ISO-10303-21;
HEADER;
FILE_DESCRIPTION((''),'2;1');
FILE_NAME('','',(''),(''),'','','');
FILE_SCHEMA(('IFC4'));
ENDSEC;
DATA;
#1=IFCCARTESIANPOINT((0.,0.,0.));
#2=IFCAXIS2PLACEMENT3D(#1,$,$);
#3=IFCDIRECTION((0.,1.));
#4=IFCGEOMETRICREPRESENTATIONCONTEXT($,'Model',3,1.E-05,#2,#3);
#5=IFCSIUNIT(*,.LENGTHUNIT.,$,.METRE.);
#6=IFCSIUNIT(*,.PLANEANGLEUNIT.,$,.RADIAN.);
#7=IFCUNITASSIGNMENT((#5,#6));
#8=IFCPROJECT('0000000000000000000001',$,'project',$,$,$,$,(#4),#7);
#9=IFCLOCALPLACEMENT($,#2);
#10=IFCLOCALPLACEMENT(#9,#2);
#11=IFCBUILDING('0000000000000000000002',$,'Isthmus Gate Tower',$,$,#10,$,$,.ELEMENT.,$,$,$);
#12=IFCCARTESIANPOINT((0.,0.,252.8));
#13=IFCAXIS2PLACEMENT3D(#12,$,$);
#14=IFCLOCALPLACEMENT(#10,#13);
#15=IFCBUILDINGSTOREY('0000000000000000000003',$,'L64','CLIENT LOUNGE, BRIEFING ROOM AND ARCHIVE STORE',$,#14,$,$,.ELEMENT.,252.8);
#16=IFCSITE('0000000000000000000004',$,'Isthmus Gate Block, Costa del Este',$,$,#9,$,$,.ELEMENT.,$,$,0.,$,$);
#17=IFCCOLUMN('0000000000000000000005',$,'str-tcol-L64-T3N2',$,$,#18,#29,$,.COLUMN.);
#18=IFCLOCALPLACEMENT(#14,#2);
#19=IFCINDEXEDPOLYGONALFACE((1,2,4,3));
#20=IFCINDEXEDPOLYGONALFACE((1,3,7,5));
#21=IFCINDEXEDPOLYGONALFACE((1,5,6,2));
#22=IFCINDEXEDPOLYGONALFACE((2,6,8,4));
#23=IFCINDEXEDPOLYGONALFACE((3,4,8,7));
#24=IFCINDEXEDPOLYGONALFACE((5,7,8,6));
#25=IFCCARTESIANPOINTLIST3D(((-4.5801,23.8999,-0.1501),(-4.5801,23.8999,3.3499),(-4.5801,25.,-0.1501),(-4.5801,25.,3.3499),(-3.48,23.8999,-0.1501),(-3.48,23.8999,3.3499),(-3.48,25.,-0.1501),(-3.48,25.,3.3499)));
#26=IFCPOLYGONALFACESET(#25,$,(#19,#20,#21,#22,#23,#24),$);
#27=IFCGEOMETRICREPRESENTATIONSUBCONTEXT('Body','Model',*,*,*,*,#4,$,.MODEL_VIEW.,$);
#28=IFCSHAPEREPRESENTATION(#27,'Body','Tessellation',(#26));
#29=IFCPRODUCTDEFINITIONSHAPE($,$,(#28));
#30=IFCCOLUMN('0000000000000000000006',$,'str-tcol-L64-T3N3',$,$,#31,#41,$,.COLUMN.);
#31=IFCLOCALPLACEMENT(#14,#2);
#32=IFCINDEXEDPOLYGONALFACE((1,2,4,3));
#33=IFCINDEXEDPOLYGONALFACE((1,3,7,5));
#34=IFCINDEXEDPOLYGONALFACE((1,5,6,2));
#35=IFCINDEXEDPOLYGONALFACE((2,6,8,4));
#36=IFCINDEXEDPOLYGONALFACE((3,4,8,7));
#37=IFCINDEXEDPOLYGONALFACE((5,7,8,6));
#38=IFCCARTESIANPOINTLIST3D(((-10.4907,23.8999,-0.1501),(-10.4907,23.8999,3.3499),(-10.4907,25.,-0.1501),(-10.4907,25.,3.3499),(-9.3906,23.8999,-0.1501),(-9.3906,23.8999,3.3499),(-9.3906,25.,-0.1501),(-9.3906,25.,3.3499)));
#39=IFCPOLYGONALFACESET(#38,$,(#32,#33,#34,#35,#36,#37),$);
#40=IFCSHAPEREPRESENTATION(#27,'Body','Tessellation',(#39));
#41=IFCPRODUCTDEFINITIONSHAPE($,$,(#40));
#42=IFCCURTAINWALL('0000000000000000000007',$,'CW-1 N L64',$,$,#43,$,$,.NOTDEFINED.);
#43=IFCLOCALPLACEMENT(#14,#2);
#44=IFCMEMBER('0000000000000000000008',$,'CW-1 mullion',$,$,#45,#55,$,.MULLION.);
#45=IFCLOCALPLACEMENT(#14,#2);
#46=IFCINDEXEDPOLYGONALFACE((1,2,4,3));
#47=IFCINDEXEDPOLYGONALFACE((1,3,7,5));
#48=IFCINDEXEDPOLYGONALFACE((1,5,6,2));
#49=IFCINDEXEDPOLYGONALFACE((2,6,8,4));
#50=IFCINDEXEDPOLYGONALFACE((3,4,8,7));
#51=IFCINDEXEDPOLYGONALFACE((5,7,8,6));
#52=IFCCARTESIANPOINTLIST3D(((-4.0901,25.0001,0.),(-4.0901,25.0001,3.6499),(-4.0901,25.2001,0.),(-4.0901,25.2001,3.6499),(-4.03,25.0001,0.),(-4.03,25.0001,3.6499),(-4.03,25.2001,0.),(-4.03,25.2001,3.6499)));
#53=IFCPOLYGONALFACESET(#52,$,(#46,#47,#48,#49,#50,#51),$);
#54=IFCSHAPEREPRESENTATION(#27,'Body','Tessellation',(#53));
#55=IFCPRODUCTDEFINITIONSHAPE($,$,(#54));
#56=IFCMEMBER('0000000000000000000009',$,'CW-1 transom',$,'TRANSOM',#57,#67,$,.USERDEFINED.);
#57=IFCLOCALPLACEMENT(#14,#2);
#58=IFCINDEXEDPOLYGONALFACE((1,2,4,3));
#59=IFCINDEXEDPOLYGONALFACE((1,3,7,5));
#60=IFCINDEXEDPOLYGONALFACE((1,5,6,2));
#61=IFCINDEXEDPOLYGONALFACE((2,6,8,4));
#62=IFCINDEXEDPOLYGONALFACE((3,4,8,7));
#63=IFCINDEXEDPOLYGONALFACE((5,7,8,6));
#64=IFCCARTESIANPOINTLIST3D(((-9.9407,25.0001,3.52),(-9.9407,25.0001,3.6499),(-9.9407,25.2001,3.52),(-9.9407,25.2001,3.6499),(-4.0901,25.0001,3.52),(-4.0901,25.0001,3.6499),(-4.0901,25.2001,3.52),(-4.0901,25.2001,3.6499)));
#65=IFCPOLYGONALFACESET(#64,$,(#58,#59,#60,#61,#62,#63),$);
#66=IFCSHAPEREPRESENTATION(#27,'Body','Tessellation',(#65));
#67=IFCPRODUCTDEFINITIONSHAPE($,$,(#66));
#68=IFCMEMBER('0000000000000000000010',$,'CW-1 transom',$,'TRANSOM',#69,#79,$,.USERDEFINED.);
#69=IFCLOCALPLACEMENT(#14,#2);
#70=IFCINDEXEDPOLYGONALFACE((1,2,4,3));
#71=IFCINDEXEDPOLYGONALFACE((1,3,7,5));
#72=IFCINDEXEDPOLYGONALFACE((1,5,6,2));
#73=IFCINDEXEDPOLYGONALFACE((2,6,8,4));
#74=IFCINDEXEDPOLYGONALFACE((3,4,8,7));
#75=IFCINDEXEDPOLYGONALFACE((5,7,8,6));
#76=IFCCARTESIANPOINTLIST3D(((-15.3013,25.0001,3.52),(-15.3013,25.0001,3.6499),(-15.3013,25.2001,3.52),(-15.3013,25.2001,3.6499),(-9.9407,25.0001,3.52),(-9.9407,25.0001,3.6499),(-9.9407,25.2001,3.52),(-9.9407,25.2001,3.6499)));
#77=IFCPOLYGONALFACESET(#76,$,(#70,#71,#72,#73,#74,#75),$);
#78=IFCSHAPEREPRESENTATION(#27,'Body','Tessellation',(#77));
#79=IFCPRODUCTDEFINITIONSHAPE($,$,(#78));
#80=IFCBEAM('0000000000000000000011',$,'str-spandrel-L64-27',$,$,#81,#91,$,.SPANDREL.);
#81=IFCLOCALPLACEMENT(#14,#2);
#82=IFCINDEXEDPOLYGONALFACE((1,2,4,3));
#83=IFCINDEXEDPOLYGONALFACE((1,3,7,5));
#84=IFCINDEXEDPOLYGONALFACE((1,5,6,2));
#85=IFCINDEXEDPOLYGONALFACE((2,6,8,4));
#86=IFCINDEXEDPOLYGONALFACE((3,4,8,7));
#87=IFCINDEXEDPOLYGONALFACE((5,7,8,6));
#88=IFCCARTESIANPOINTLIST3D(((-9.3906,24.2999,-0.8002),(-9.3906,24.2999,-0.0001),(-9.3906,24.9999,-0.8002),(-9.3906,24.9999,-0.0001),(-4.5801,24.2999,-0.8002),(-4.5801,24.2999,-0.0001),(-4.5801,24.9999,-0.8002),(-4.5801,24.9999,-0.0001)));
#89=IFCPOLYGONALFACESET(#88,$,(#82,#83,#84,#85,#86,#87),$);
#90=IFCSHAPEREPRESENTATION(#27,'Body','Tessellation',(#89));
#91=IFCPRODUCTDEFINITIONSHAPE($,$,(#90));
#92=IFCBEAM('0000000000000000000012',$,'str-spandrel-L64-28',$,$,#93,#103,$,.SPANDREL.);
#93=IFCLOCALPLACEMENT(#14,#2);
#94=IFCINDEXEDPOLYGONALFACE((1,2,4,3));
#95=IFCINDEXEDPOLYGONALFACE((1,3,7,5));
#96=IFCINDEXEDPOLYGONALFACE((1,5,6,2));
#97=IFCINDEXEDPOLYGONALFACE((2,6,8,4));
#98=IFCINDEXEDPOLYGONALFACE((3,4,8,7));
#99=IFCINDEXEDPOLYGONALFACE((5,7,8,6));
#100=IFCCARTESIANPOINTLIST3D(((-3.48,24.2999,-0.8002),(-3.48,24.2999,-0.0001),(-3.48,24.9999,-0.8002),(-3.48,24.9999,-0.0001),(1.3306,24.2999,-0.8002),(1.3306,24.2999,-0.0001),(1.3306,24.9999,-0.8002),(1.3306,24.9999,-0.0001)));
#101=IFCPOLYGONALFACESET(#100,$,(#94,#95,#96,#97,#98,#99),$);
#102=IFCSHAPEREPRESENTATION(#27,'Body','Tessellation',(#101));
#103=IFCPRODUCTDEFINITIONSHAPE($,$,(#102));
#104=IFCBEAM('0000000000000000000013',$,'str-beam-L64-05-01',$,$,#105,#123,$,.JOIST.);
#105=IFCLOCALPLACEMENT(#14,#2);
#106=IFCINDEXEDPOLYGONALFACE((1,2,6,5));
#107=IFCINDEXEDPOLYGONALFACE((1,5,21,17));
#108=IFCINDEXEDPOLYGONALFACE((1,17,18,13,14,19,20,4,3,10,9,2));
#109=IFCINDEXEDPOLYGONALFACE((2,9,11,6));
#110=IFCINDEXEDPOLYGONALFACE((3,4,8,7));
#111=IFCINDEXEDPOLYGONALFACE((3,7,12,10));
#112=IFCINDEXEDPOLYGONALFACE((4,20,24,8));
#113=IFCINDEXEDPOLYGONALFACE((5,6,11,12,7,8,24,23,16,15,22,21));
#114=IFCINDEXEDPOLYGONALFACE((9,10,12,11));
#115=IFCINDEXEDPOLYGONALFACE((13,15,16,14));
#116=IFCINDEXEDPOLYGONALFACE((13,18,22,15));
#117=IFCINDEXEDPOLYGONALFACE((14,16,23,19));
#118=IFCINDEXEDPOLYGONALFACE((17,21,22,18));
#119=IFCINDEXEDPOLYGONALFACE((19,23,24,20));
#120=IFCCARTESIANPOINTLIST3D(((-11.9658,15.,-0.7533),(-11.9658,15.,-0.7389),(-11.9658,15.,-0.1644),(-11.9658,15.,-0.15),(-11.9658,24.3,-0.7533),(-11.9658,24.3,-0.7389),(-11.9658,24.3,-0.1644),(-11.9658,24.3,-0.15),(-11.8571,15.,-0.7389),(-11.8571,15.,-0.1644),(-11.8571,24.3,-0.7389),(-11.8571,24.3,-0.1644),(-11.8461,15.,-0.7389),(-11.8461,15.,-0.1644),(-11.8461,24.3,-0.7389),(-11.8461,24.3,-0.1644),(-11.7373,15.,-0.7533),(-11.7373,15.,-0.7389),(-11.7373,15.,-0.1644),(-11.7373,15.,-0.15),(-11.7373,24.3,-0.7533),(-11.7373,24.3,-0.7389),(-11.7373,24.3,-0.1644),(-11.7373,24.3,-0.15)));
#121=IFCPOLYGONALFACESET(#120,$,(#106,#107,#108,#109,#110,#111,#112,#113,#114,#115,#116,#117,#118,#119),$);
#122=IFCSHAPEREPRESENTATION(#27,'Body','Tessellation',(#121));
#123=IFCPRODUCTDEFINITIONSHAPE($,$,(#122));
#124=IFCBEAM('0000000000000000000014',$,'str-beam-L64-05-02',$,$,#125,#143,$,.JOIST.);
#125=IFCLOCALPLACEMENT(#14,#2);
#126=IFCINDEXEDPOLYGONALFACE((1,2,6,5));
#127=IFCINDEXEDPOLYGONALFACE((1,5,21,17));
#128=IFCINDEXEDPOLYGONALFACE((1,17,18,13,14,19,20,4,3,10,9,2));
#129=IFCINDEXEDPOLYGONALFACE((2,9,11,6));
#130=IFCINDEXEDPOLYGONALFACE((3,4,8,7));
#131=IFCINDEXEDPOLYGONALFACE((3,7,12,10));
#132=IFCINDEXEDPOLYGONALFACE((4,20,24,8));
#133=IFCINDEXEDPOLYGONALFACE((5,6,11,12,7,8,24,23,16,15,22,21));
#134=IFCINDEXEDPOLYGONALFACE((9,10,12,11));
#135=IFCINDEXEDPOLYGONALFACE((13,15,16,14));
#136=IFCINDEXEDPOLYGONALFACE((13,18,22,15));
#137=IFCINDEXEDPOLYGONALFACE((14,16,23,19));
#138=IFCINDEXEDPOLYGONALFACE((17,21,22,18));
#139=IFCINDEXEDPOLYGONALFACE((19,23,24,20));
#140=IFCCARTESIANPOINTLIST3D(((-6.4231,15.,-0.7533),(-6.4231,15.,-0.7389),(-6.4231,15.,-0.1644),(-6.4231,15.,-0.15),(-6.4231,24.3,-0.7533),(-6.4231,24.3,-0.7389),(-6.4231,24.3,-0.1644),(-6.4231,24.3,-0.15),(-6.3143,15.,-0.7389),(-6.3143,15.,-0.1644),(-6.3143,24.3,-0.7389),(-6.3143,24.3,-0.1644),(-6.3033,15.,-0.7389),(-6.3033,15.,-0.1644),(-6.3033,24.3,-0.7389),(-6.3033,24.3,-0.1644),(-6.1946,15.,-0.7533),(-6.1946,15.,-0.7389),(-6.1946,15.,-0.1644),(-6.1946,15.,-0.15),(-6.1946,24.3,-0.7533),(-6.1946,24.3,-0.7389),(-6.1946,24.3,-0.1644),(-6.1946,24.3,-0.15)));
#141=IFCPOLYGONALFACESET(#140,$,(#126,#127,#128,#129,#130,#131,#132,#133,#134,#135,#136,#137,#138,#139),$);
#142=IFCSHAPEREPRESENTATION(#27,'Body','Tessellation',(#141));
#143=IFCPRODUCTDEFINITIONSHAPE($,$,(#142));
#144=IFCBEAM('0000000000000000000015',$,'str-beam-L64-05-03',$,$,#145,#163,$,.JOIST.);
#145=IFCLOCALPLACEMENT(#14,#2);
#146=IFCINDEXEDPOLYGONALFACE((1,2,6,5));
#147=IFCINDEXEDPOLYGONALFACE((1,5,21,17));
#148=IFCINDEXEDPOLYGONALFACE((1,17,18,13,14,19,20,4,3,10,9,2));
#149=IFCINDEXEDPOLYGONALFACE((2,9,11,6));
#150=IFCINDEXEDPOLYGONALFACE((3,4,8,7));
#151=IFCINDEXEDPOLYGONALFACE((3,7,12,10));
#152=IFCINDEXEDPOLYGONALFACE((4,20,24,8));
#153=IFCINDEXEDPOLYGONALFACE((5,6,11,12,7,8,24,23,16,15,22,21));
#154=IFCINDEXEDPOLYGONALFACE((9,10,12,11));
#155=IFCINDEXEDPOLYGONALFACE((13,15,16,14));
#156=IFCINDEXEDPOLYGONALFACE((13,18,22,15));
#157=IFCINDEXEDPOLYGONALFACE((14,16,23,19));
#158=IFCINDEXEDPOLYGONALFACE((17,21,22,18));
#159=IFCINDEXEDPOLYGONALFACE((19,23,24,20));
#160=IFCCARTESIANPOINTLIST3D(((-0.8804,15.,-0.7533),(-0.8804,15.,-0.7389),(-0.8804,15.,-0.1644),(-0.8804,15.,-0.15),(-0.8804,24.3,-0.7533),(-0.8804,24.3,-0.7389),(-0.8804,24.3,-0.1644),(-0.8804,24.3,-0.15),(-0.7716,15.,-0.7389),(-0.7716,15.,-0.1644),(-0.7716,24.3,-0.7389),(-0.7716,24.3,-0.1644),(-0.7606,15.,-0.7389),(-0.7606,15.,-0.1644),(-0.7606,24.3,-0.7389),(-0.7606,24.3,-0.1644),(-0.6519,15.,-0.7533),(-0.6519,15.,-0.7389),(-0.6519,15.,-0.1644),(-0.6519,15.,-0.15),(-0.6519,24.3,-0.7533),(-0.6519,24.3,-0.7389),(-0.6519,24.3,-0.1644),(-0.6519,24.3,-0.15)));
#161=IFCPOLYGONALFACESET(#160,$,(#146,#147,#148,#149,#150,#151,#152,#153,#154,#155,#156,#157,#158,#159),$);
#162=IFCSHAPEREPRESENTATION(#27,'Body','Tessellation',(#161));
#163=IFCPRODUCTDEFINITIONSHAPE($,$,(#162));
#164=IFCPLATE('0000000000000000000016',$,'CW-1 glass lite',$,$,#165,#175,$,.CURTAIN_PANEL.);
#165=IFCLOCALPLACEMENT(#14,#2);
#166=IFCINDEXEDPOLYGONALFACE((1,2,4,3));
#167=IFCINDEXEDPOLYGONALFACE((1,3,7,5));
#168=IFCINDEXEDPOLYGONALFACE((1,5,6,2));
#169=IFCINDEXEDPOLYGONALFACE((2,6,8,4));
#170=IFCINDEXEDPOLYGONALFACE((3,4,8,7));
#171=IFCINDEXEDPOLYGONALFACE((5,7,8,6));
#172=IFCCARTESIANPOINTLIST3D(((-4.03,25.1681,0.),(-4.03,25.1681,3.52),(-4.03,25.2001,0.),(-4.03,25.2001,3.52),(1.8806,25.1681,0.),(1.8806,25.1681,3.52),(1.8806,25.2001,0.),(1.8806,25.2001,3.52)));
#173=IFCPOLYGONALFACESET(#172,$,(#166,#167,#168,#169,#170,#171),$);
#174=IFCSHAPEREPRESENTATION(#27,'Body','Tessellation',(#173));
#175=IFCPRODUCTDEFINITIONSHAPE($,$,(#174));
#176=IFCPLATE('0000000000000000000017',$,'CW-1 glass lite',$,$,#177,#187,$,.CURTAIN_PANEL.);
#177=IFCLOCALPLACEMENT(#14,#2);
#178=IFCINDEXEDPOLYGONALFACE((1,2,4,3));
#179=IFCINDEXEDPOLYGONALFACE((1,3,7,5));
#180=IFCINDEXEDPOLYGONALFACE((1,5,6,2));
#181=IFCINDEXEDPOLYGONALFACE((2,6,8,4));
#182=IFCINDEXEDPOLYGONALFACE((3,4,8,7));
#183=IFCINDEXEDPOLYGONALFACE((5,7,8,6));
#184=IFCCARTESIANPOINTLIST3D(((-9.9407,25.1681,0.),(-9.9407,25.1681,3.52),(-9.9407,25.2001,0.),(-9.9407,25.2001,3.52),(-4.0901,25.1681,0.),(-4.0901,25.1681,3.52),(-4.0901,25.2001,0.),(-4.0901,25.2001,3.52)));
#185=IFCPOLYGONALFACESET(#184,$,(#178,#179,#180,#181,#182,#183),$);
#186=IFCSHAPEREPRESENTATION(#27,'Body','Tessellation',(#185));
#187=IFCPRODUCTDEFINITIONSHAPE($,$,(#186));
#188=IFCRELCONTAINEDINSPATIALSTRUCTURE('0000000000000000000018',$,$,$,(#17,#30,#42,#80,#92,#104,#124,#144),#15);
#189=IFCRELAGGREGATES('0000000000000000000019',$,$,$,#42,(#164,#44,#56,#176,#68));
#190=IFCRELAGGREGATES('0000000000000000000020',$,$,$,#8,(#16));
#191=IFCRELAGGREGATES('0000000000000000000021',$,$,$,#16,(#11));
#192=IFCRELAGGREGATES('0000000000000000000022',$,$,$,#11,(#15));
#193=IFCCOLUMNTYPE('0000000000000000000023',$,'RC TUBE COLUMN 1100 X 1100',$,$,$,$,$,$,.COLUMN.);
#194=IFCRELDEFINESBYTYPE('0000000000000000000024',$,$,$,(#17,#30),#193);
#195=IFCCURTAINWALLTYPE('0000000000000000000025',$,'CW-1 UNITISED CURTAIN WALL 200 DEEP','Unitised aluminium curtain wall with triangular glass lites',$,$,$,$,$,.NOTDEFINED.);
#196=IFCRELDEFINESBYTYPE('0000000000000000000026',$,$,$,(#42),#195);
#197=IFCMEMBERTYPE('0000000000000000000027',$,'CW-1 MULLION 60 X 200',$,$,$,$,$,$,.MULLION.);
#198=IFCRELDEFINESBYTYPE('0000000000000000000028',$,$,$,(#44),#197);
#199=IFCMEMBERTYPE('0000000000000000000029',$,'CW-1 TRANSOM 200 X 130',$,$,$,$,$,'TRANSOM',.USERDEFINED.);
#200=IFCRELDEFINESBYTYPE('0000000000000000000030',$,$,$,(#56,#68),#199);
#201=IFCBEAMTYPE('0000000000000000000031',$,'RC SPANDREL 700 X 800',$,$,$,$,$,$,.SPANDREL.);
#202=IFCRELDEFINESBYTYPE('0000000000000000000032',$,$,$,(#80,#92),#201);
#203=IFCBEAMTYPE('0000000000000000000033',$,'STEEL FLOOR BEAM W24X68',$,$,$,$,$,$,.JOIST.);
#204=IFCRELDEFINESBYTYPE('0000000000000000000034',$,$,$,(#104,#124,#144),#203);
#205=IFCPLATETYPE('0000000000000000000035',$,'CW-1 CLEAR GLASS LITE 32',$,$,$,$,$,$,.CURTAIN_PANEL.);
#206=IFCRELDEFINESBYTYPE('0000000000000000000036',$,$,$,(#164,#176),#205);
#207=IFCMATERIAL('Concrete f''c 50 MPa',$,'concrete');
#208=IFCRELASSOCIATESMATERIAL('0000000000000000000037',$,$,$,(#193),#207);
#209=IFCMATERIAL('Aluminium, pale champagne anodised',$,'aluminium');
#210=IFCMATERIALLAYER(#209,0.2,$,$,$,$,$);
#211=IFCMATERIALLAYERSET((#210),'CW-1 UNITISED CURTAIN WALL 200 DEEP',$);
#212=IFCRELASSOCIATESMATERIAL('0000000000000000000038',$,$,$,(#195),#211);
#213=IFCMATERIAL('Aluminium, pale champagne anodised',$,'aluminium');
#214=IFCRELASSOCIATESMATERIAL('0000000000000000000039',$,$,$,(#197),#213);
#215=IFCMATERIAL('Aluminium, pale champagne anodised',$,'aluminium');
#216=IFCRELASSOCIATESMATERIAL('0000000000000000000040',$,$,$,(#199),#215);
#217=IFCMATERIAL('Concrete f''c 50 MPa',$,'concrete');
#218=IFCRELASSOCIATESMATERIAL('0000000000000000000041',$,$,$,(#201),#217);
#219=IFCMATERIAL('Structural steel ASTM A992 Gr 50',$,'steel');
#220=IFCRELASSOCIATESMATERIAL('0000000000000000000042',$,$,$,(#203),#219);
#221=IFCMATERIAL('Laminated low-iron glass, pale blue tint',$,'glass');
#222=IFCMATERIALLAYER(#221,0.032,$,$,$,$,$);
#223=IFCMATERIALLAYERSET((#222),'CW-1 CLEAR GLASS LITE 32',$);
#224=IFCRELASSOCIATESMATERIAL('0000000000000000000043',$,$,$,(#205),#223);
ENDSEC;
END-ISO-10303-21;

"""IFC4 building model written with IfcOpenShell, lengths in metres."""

from ifc_helpers import new_model, si_unit, direction, frame, origin, origin_2d, place, context, subcontext, project, spatial, rectangle, i_section, extrude, material, layer, layer_set, material_profile, profile_set, type_object, element, aggregate, save


model = new_model("IFC4")

# Units and contexts
model_context = context("Model", 3, precision=1e-05, world=origin(), true_north=direction((0.0, 1.0)))
body_context = subcontext(model_context, "Body", "Model", "MODEL_VIEW")
ifc_project = project(units=[si_unit("LENGTHUNIT", "METRE"), si_unit("PLANEANGLEUNIT", "RADIAN")], contexts=[model_context])

# Site, building, storey
site_placement = place(None, origin())
site = spatial("IfcSite", under=ifc_project, at=site_placement, Name="Isthmus Gate Block, Costa del Este", CompositionType="ELEMENT", RefElevation=0.0)
building_placement = place(site_placement, origin())
building = spatial("IfcBuilding", under=site, at=building_placement, Name="Isthmus Gate Tower", CompositionType="ELEMENT")
storey_placement = place(building_placement, frame((0.0, 0.0, 252.8)))
storey = spatial("IfcBuildingStorey", under=building, at=storey_placement, Name="L64", Description="CLIENT LOUNGE, BRIEFING ROOM AND ARCHIVE STORE", CompositionType="ELEMENT", Elevation=252.8)

# Columns
ifc_material_1 = material(Name="Concrete f'c 50 MPa", Category="concrete")
ifc_material_profile_1 = material_profile(ifc_material_1, rectangle(XDim=1.1001, YDim=1.1001, at=origin_2d()), Name="RC 1100X1100")
ifc_profile_set_1 = profile_set([ifc_material_profile_1], Name="Concrete f'c 50 MPa")
column_type = type_object("IfcColumnType", Name="RC TUBE COLUMN 1100 X 1100", PredefinedType="COLUMN", material=ifc_profile_set_1)
for number, where, z_axis, x_axis, name in (
    (1, (-4.03, 24.45, -0.1501), (0.0, 0.0, 1.0), (-1.0, 0.0, 0.0), "str-tcol-L64-T3N2"),
    (2, (-9.9407, 24.45, -0.1501), (0.0, 0.0, 1.0), (-1.0, 0.0, 0.0), "str-tcol-L64-T3N3"),
):
    element("IfcColumn", number, at=place(storey_placement, frame(where, z_axis=z_axis, x_axis=x_axis)), inside=storey, type_object=column_type, Name=name, PredefinedType="COLUMN", context=body_context, shape_type="SweptSolid", body=[
        extrude(rectangle(XDim=1.1001, YDim=1.1001, at=origin_2d()), origin(), (0.0, 0.0, 1.0), 3.5),
    ])

# Curtain wall, members
ifc_material_2 = material(Name="Aluminium, pale champagne anodised", Category="aluminium")
ifc_layer_1 = layer(ifc_material_2, 0.2)
ifc_layer_set_1 = layer_set([ifc_layer_1], Name="CW-1 UNITISED CURTAIN WALL 200 DEEP")
curtain_wall_type = type_object("IfcCurtainWallType", Name="CW-1 UNITISED CURTAIN WALL 200 DEEP", Description="Unitised aluminium curtain wall with triangular glass lites", PredefinedType="NOTDEFINED", material=ifc_layer_set_1)
curtain_wall_placement = place(storey_placement, origin())
curtain_wall = element("IfcCurtainWall", 3, at=curtain_wall_placement, inside=storey, type_object=curtain_wall_type, Name="CW-1 N L64", PredefinedType="NOTDEFINED")
ifc_material_3 = material(Name="Aluminium, pale champagne anodised", Category="aluminium")
ifc_material_profile_2 = material_profile(ifc_material_3, rectangle(XDim=0.0601, YDim=0.2, at=origin_2d()), Name="60x200")
ifc_profile_set_2 = profile_set([ifc_material_profile_2], Name="Aluminium, pale champagne anodised")
member_type_1 = type_object("IfcMemberType", Name="CW-1 MULLION 60 X 200", PredefinedType="MULLION", material=ifc_profile_set_2)
member_1_placement = place(storey_placement, frame((-4.0601, 25.1001, 0.0), z_axis=(0.0, 0.0, 1.0), x_axis=(-1.0, 0.0, 0.0)))
member_1 = element("IfcMember", 4, at=member_1_placement, type_object=member_type_1, Name="CW-1 mullion", PredefinedType="MULLION", context=body_context, shape_type="SweptSolid", body=[
    extrude(rectangle(XDim=0.0601, YDim=0.2, at=origin_2d()), origin(), (0.0, 0.0, 1.0), 3.6499),
])
ifc_material_4 = material(Name="Aluminium, pale champagne anodised", Category="aluminium")
ifc_material_profile_3 = material_profile(ifc_material_4, rectangle(XDim=0.2, YDim=0.1299, at=origin_2d()), Name="200x130")
ifc_profile_set_3 = profile_set([ifc_material_profile_3], Name="Aluminium, pale champagne anodised")
member_type_2 = type_object("IfcMemberType", Name="CW-1 TRANSOM 200 X 130", ElementType="TRANSOM", PredefinedType="USERDEFINED", material=ifc_profile_set_3)
member_2_placement = place(storey_placement, frame((-4.0901, 25.1001, 3.585), z_axis=(-1.0, 0.0, 0.0), x_axis=(0.0, -1.0, 0.0)))
member_2 = element("IfcMember", 5, at=member_2_placement, type_object=member_type_2, Name="CW-1 transom", ObjectType="TRANSOM", PredefinedType="USERDEFINED", context=body_context, shape_type="SweptSolid", body=[
    extrude(rectangle(XDim=0.2, YDim=0.1299, at=origin_2d()), origin(), (0.0, 0.0, 1.0), 5.8506),
])
member_3_placement = place(storey_placement, frame((-9.9407, 25.1001, 3.585), z_axis=(-1.0, 0.0, 0.0), x_axis=(0.0, -1.0, 0.0)))
member_3 = element("IfcMember", 6, at=member_3_placement, type_object=member_type_2, Name="CW-1 transom", ObjectType="TRANSOM", PredefinedType="USERDEFINED", context=body_context, shape_type="SweptSolid", body=[
    extrude(rectangle(XDim=0.2, YDim=0.1299, at=origin_2d()), origin(), (0.0, 0.0, 1.0), 5.3606),
])

# Beams
ifc_material_5 = material(Name="Concrete f'c 50 MPa", Category="concrete")
ifc_material_profile_4 = material_profile(ifc_material_5, rectangle(XDim=0.7, YDim=0.8, at=origin_2d()), Name="RC 700X800")
ifc_profile_set_4 = profile_set([ifc_material_profile_4], Name="Concrete f'c 50 MPa")
beam_type_1 = type_object("IfcBeamType", Name="RC SPANDREL 700 X 800", PredefinedType="SPANDREL", material=ifc_profile_set_4)
for number, where, z_axis, x_axis, name in (
    (7, (-9.3906, 24.6499, -0.4001), (1.0, 0.0, 0.0), (0.0, 1.0, 0.0), "str-spandrel-L64-27"),
    (8, (-3.48, 24.6499, -0.4001), (1.0, 0.0, 0.0), (0.0, 1.0, 0.0), "str-spandrel-L64-28"),
):
    element("IfcBeam", number, at=place(storey_placement, frame(where, z_axis=z_axis, x_axis=x_axis)), inside=storey, type_object=beam_type_1, Name=name, PredefinedType="SPANDREL", context=body_context, shape_type="SweptSolid", body=[
        extrude(rectangle(XDim=0.7, YDim=0.8, at=origin_2d()), origin(), (0.0, 0.0, 1.0), 4.8105),
    ])
ifc_material_6 = material(Name="Structural steel ASTM A992 Gr 50", Category="steel")
ifc_material_profile_5 = material_profile(ifc_material_6, i_section(OverallWidth=0.2285, OverallDepth=0.6033, WebThickness=0.011, FlangeThickness=0.0144, at=origin_2d()), Name="W24X68")
ifc_profile_set_5 = profile_set([ifc_material_profile_5], Name="Structural steel ASTM A992 Gr 50")
beam_type_2 = type_object("IfcBeamType", Name="STEEL FLOOR BEAM W24X68", PredefinedType="JOIST", material=ifc_profile_set_5)
for number, where, z_axis, x_axis, name in (
    (9, (-11.8516, 15.0, -0.4517), (0.0, 1.0, 0.0), (-1.0, 0.0, 0.0), "str-beam-L64-05-01"),
    (10, (-6.3088, 15.0, -0.4517), (0.0, 1.0, 0.0), (-1.0, 0.0, 0.0), "str-beam-L64-05-02"),
    (11, (-0.7661, 15.0, -0.4517), (0.0, 1.0, 0.0), (-1.0, 0.0, 0.0), "str-beam-L64-05-03"),
):
    element("IfcBeam", number, at=place(storey_placement, frame(where, z_axis=z_axis, x_axis=x_axis)), inside=storey, type_object=beam_type_2, Name=name, PredefinedType="JOIST", context=body_context, shape_type="SweptSolid", body=[
        extrude(i_section(OverallWidth=0.2285, OverallDepth=0.6033, WebThickness=0.011, FlangeThickness=0.0144, at=origin_2d()), origin(), (0.0, 0.0, 1.0), 9.3),
    ])

# Plates
ifc_material_7 = material(Name="Laminated low-iron glass, pale blue tint", Category="glass")
ifc_layer_2 = layer(ifc_material_7, 0.032)
ifc_layer_set_2 = layer_set([ifc_layer_2], Name="CW-1 CLEAR GLASS LITE 32")
plate_type = type_object("IfcPlateType", Name="CW-1 CLEAR GLASS LITE 32", PredefinedType="CURTAIN_PANEL", material=ifc_layer_set_2)
plate_1_placement = place(storey_placement, frame((-1.0747, 25.1841, 0.0), z_axis=(0.0, 0.0, 1.0), x_axis=(-1.0, 0.0, 0.0)))
plate_1 = element("IfcPlate", 12, at=plate_1_placement, type_object=plate_type, Name="CW-1 glass lite", PredefinedType="CURTAIN_PANEL", context=body_context, shape_type="SweptSolid", body=[
    extrude(rectangle(XDim=5.9106, YDim=0.032, at=origin_2d()), origin(), (0.0, 0.0, 1.0), 3.52),
])
plate_2_placement = place(storey_placement, frame((-7.0154, 25.1841, 0.0), z_axis=(0.0, 0.0, 1.0), x_axis=(-1.0, 0.0, 0.0)))
plate_2 = element("IfcPlate", 13, at=plate_2_placement, type_object=plate_type, Name="CW-1 glass lite", PredefinedType="CURTAIN_PANEL", context=body_context, shape_type="SweptSolid", body=[
    extrude(rectangle(XDim=5.8506, YDim=0.032, at=origin_2d()), origin(), (0.0, 0.0, 1.0), 3.52),
])
aggregate(curtain_wall, [plate_1, member_1, member_2, plate_2, member_3])

save(model, "model.ifc")
